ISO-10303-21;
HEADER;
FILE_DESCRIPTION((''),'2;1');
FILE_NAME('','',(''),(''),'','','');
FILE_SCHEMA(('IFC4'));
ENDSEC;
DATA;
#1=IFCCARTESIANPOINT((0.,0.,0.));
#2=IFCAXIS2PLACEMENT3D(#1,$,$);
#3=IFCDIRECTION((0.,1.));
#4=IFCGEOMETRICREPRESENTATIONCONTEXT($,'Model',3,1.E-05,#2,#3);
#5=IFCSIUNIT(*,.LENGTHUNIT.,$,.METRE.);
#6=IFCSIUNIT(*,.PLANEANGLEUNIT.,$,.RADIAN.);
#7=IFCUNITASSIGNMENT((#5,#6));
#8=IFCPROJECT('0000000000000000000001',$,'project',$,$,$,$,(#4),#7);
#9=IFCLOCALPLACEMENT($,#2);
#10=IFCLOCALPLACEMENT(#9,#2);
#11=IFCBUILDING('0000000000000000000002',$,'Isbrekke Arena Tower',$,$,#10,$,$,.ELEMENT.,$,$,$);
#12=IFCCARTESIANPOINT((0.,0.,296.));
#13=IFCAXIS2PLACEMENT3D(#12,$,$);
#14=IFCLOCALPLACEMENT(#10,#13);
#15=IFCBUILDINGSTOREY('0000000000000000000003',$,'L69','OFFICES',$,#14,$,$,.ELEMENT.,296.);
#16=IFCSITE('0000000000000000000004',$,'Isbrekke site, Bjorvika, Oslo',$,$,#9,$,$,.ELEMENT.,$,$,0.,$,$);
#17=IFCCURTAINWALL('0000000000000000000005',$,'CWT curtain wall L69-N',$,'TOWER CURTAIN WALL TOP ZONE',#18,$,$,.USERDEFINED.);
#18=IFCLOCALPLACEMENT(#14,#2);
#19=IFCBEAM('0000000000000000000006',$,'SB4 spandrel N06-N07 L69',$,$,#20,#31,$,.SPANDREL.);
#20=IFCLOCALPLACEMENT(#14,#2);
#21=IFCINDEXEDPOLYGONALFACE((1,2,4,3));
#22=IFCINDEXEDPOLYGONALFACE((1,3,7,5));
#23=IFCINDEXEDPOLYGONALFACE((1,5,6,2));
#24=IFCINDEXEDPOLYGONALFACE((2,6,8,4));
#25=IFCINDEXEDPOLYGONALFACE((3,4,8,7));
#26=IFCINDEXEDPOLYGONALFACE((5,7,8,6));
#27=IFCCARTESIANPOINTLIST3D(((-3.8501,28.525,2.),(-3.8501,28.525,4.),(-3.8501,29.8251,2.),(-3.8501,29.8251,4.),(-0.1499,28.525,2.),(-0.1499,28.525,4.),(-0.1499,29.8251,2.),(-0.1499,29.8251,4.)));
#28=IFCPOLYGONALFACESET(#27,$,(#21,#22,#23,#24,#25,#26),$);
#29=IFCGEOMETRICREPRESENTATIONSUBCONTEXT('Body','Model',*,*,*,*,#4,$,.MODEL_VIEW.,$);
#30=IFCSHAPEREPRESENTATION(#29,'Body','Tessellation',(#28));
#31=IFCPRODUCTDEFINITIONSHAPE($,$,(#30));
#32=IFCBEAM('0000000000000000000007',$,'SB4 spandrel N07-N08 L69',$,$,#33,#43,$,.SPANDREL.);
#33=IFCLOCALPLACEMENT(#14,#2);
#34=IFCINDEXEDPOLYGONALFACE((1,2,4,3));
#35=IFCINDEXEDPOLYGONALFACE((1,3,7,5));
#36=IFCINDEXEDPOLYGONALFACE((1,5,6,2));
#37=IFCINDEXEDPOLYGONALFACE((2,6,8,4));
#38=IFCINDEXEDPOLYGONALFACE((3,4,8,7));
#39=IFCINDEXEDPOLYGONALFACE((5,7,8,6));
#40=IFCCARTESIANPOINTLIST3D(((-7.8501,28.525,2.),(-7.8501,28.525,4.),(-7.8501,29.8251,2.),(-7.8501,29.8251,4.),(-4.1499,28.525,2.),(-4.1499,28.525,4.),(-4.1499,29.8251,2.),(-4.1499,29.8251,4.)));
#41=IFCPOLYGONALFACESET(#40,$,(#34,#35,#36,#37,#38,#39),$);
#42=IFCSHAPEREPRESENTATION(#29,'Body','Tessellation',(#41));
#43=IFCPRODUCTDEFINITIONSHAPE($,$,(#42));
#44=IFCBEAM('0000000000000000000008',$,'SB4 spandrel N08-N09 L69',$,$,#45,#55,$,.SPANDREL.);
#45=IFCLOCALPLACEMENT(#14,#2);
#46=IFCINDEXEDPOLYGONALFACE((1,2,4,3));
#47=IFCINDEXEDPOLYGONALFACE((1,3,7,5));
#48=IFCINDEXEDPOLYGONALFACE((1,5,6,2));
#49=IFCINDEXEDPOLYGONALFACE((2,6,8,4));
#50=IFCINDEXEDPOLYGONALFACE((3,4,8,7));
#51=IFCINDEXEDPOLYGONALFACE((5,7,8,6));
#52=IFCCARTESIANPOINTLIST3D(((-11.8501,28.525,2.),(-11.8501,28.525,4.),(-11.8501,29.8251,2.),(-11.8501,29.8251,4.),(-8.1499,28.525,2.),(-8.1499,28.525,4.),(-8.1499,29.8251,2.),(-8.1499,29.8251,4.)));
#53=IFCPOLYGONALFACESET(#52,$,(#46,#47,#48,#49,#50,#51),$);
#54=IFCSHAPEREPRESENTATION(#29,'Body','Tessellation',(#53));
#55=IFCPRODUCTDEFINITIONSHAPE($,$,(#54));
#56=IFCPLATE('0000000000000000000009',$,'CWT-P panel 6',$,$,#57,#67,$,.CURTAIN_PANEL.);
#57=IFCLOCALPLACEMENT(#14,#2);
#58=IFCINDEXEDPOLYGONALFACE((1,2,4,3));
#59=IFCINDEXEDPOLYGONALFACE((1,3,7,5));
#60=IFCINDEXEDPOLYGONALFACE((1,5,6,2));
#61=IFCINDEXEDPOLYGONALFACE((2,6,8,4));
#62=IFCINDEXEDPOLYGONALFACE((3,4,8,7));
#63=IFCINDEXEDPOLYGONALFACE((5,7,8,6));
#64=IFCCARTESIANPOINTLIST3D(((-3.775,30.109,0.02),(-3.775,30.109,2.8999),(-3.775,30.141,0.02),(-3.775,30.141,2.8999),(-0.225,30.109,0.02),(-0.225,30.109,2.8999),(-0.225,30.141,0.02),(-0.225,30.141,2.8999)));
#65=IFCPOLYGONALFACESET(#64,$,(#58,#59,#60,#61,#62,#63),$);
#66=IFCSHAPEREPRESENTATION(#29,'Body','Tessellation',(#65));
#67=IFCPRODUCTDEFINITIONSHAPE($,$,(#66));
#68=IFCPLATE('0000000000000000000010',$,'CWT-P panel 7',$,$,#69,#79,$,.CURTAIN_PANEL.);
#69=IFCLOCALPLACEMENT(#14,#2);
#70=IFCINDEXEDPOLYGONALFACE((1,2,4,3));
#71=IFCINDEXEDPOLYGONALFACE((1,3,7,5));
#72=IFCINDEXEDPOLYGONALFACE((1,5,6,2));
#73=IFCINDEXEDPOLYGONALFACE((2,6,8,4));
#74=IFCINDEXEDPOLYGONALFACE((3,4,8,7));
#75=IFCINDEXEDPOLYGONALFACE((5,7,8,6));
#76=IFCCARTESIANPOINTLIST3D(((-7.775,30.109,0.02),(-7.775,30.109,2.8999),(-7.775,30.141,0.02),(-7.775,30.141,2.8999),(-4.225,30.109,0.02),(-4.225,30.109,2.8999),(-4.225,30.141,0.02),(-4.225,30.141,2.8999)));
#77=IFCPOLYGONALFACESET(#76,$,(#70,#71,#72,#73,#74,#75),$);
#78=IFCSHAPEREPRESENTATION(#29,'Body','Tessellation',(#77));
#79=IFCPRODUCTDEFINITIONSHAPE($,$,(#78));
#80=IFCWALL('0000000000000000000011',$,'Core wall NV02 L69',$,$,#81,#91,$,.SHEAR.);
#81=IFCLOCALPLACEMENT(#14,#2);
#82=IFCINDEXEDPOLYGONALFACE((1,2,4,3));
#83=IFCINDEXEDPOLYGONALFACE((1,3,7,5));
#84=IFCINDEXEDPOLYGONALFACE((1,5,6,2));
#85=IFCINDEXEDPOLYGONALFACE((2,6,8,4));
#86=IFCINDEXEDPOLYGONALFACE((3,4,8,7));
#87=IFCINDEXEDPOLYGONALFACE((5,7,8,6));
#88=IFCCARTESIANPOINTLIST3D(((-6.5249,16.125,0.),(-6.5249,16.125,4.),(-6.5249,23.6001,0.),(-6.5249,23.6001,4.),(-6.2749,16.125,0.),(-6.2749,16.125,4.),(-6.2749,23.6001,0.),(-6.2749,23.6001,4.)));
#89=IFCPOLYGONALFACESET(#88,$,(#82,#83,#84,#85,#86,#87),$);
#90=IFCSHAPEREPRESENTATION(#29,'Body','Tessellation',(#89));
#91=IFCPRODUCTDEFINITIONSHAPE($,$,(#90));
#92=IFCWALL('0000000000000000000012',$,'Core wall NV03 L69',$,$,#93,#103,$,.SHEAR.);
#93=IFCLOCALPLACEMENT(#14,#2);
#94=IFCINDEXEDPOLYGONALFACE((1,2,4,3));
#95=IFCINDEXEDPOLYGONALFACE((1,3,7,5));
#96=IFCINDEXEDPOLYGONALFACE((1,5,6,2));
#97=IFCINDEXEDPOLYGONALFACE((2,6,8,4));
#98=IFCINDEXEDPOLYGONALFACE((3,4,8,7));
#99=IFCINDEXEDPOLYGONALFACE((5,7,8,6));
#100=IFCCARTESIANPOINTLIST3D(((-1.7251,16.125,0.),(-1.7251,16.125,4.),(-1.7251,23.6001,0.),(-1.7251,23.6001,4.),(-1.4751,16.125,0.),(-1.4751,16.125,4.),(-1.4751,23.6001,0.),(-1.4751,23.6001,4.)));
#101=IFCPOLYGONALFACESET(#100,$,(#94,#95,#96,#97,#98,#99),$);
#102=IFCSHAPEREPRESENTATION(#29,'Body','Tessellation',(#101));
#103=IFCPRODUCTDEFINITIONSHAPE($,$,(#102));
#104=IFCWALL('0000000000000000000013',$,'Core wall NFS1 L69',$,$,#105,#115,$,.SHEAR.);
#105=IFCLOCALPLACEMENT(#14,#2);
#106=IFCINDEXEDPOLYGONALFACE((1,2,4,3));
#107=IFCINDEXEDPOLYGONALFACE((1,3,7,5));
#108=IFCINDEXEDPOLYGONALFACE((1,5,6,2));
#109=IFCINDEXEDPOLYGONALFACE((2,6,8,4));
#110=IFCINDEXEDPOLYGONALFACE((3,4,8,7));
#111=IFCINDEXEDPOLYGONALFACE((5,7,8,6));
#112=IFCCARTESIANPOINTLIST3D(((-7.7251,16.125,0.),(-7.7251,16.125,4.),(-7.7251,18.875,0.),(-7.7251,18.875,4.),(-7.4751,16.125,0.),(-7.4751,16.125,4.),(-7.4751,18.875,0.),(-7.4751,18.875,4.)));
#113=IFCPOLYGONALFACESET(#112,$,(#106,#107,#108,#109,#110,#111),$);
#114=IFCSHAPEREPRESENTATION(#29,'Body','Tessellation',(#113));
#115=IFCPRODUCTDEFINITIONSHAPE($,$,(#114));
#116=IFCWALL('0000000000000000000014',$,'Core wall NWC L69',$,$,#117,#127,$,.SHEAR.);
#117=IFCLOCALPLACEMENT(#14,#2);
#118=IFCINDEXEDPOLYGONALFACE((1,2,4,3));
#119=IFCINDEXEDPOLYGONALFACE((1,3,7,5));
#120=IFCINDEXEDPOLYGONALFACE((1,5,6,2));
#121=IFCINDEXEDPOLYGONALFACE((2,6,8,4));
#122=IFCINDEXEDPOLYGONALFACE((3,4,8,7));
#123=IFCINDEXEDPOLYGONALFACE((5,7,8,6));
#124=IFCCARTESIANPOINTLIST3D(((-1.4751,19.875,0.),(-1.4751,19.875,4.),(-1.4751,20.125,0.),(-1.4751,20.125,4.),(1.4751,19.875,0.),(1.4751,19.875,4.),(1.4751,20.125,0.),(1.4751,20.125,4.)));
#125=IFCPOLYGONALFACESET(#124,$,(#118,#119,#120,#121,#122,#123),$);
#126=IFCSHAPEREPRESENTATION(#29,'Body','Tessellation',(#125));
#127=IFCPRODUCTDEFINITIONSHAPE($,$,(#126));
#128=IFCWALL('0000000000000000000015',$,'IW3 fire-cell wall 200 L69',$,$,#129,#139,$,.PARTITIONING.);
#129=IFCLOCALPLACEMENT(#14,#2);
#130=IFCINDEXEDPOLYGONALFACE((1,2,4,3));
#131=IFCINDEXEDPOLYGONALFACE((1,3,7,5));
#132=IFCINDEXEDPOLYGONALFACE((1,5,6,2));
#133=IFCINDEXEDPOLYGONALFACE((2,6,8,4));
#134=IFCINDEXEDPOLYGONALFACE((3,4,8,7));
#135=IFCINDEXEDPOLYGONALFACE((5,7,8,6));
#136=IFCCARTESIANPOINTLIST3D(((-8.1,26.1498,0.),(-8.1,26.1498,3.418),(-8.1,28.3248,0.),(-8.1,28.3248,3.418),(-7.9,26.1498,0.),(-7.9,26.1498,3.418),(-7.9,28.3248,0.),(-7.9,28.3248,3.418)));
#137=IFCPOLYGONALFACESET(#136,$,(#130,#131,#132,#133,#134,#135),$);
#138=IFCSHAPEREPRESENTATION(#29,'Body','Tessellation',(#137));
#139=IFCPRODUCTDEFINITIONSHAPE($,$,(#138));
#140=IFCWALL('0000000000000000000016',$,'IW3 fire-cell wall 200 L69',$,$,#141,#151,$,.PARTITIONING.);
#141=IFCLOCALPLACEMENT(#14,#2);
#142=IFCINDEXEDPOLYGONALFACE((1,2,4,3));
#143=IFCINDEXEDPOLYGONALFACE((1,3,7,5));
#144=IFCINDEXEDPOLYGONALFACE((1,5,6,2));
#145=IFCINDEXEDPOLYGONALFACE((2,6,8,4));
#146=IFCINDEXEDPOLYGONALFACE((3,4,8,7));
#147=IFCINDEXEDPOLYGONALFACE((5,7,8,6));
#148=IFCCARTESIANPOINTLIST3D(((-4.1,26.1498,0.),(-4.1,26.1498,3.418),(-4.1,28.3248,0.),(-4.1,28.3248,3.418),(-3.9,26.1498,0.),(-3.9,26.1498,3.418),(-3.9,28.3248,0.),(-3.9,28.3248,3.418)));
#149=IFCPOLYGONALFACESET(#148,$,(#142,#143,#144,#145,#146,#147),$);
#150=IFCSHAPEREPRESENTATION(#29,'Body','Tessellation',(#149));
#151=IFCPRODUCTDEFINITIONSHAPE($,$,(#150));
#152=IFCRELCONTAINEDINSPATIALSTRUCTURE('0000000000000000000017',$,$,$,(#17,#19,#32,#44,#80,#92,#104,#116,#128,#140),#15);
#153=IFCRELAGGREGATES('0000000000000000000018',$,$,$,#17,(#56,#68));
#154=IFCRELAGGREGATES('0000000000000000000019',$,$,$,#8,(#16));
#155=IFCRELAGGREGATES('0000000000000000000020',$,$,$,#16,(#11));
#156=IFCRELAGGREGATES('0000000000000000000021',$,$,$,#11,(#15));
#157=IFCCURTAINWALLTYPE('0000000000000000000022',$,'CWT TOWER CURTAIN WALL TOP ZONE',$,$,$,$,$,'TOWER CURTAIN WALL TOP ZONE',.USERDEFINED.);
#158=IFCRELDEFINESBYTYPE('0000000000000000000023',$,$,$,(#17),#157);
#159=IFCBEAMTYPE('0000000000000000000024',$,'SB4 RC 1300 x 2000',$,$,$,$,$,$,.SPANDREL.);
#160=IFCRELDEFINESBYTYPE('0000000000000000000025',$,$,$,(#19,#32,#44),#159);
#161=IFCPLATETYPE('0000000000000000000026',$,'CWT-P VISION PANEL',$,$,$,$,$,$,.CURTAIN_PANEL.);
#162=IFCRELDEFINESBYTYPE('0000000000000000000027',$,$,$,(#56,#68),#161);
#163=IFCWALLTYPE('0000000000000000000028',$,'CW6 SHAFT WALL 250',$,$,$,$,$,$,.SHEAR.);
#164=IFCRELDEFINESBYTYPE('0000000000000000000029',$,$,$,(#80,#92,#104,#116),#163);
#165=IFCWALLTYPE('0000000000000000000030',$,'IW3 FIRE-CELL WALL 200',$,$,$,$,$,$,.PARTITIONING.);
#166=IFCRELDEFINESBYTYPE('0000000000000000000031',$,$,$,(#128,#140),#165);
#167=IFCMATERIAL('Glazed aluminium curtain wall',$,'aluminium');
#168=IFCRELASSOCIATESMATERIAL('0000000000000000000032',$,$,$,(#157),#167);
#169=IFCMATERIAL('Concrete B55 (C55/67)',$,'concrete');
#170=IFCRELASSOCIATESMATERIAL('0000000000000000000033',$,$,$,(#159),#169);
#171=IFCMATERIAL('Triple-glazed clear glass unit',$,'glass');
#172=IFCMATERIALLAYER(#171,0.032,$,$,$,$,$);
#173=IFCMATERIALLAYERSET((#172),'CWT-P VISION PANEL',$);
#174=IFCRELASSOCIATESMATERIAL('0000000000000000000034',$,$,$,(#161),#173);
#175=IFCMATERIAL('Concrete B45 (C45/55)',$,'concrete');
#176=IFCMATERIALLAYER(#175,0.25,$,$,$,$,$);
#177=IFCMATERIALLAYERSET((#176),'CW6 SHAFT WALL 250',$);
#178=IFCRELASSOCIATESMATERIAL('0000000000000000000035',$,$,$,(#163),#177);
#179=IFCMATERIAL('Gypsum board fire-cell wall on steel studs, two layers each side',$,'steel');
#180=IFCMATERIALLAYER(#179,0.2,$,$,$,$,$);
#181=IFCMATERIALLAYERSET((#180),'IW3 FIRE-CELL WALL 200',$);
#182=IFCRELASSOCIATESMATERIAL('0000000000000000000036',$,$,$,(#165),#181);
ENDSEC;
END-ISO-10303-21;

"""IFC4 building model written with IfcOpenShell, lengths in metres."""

from ifc_helpers import new_model, si_unit, direction, frame, frame_2d, origin, origin_2d, place, context, subcontext, project, spatial, rectangle, extrude, material, layer, layer_set, material_profile, profile_set, type_object, element, aggregate, save


model = new_model("IFC4")

# Units and contexts
model_context = context("Model", 3, precision=1e-05, world=origin(), true_north=direction((0.0, 1.0)))
body_context = subcontext(model_context, "Body", "Model", "MODEL_VIEW")
ifc_project = project(units=[si_unit("LENGTHUNIT", "METRE"), si_unit("PLANEANGLEUNIT", "RADIAN")], contexts=[model_context])

# Site, building, storey
site_placement = place(None, origin())
site = spatial("IfcSite", under=ifc_project, at=site_placement, Name="Isbrekke site, Bjorvika, Oslo", CompositionType="ELEMENT", RefElevation=0.0)
building_placement = place(site_placement, origin())
building = spatial("IfcBuilding", under=site, at=building_placement, Name="Isbrekke Arena Tower", CompositionType="ELEMENT")
storey_placement = place(building_placement, frame((0.0, 0.0, 296.0)))
storey = spatial("IfcBuildingStorey", under=building, at=storey_placement, Name="L69", Description="OFFICES", CompositionType="ELEMENT", Elevation=296.0)

# Curtain wall
ifc_material_1 = material(Name="Glazed aluminium curtain wall", Category="aluminium")
curtain_wall_type = type_object("IfcCurtainWallType", Name="CWT TOWER CURTAIN WALL TOP ZONE", ElementType="TOWER CURTAIN WALL TOP ZONE", PredefinedType="USERDEFINED", material=ifc_material_1)
curtain_wall_placement = place(storey_placement, origin())
curtain_wall = element("IfcCurtainWall", 1, at=curtain_wall_placement, inside=storey, type_object=curtain_wall_type, Name="CWT curtain wall L69-N", ObjectType="TOWER CURTAIN WALL TOP ZONE", PredefinedType="USERDEFINED")

# Beams
ifc_material_2 = material(Name="Concrete B55 (C55/67)", Category="concrete")
ifc_material_profile_1 = material_profile(ifc_material_2, rectangle(XDim=1.3, YDim=2.0, at=origin_2d()), Name="RC 1300x2000")
ifc_profile_set_1 = profile_set([ifc_material_profile_1], Name="Concrete B55 (C55/67)")
beam_type_1 = type_object("IfcBeamType", Name="SB4 RC 1300 x 2000", PredefinedType="SPANDREL", material=ifc_profile_set_1)
for number, where, z_axis, x_axis, name in (
    (2, (-0.1499, 29.175, 3.0), (-1.0, 0.0, 0.0), (0.0, -1.0, 0.0), "SB4 spandrel N06-N07 L69"),
    (3, (-4.1499, 29.175, 3.0), (-1.0, 0.0, 0.0), (0.0, -1.0, 0.0), "SB4 spandrel N07-N08 L69"),
    (4, (-8.1499, 29.175, 3.0), (-1.0, 0.0, 0.0), (0.0, -1.0, 0.0), "SB4 spandrel N08-N09 L69"),
):
    element("IfcBeam", number, at=place(storey_placement, frame(where, z_axis=z_axis, x_axis=x_axis)), inside=storey, type_object=beam_type_1, Name=name, PredefinedType="SPANDREL", context=body_context, shape_type="SweptSolid", body=[
        extrude(rectangle(XDim=1.3, YDim=2.0, at=origin_2d()), origin(), (0.0, 0.0, 1.0), 3.7002),
    ])

# Plates
ifc_material_3 = material(Name="Triple-glazed clear glass unit", Category="glass")
ifc_layer_1 = layer(ifc_material_3, 0.032)
ifc_layer_set_1 = layer_set([ifc_layer_1], Name="CWT-P VISION PANEL")
plate_type = type_object("IfcPlateType", Name="CWT-P VISION PANEL", PredefinedType="CURTAIN_PANEL", material=ifc_layer_set_1)
plate_1_placement = place(storey_placement, frame((-2.0, 30.125, 0.02), z_axis=(0.0, 0.0, 1.0), x_axis=(-1.0, 0.0, 0.0)))
plate_1 = element("IfcPlate", 5, at=plate_1_placement, type_object=plate_type, Name="CWT-P panel 6", PredefinedType="CURTAIN_PANEL", context=body_context, shape_type="SweptSolid", body=[
    extrude(rectangle(XDim=3.55, YDim=0.032, at=origin_2d()), origin(), (0.0, 0.0, 1.0), 2.8799),
])
plate_2_placement = place(storey_placement, frame((-6.0, 30.125, 0.02), z_axis=(0.0, 0.0, 1.0), x_axis=(-1.0, 0.0, 0.0)))
plate_2 = element("IfcPlate", 6, at=plate_2_placement, type_object=plate_type, Name="CWT-P panel 7", PredefinedType="CURTAIN_PANEL", context=body_context, shape_type="SweptSolid", body=[
    extrude(rectangle(XDim=3.55, YDim=0.032, at=origin_2d()), origin(), (0.0, 0.0, 1.0), 2.8799),
])
aggregate(curtain_wall, [plate_1, plate_2])

# Walls
ifc_material_4 = material(Name="Concrete B45 (C45/55)", Category="concrete")
ifc_layer_2 = layer(ifc_material_4, 0.25)
ifc_layer_set_2 = layer_set([ifc_layer_2], Name="CW6 SHAFT WALL 250")
wall_type_1 = type_object("IfcWallType", Name="CW6 SHAFT WALL 250", PredefinedType="SHEAR", material=ifc_layer_set_2)
for number, where, z_axis, x_axis, name in (
    (7, (-6.3999, 16.125, 0.0), (0.0, 0.0, 1.0), (0.0, 1.0, 0.0), "Core wall NV02 L69"),
    (8, (-1.6001, 16.125, 0.0), (0.0, 0.0, 1.0), (0.0, 1.0, 0.0), "Core wall NV03 L69"),
):
    element("IfcWall", number, at=place(storey_placement, frame(where, z_axis=z_axis, x_axis=x_axis)), inside=storey, type_object=wall_type_1, Name=name, PredefinedType="SHEAR", context=body_context, shape_type="SweptSolid", body=[
        extrude(rectangle(XDim=7.4751, YDim=0.25, at=frame_2d((3.7375, 0.0))), origin(), (0.0, 0.0, 1.0), 4.0),
    ])
wall_1_placement = place(storey_placement, frame((-7.6001, 16.125, 0.0), z_axis=(0.0, 0.0, 1.0), x_axis=(0.0, 1.0, 0.0)))
element("IfcWall", 9, at=wall_1_placement, inside=storey, type_object=wall_type_1, Name="Core wall NFS1 L69", PredefinedType="SHEAR", context=body_context, shape_type="SweptSolid", body=[
    extrude(rectangle(XDim=2.75, YDim=0.25, at=frame_2d((1.375, 0.0))), origin(), (0.0, 0.0, 1.0), 4.0),
])
wall_2_placement = place(storey_placement, frame((-1.4751, 20.0, 0.0), z_axis=(0.0, 0.0, 1.0), x_axis=(1.0, 0.0, 0.0)))
element("IfcWall", 10, at=wall_2_placement, inside=storey, type_object=wall_type_1, Name="Core wall NWC L69", PredefinedType="SHEAR", context=body_context, shape_type="SweptSolid", body=[
    extrude(rectangle(XDim=2.9502, YDim=0.25, at=frame_2d((1.4751, 0.0))), origin(), (0.0, 0.0, 1.0), 4.0),
])
ifc_material_5 = material(Name="Gypsum board fire-cell wall on steel studs, two layers each side", Category="steel")
ifc_layer_3 = layer(ifc_material_5, 0.2)
ifc_layer_set_3 = layer_set([ifc_layer_3], Name="IW3 FIRE-CELL WALL 200")
wall_type_2 = type_object("IfcWallType", Name="IW3 FIRE-CELL WALL 200", PredefinedType="PARTITIONING", material=ifc_layer_set_3)
for number, where, z_axis, x_axis, name in (
    (11, (-8.0, 26.1499, 0.0), (0.0, 0.0, 1.0), (0.0, 1.0, 0.0), "IW3 fire-cell wall 200 L69"),
    (12, (-4.0, 26.1499, 0.0), (0.0, 0.0, 1.0), (0.0, 1.0, 0.0), "IW3 fire-cell wall 200 L69"),
):
    element("IfcWall", number, at=place(storey_placement, frame(where, z_axis=z_axis, x_axis=x_axis)), inside=storey, type_object=wall_type_2, Name=name, PredefinedType="PARTITIONING", context=body_context, shape_type="SweptSolid", body=[
        extrude(rectangle(XDim=2.175, YDim=0.2, at=frame_2d((1.0874, 0.0))), origin(), (0.0, 0.0, 1.0), 3.418),
    ])

save(model, "model.ifc")
